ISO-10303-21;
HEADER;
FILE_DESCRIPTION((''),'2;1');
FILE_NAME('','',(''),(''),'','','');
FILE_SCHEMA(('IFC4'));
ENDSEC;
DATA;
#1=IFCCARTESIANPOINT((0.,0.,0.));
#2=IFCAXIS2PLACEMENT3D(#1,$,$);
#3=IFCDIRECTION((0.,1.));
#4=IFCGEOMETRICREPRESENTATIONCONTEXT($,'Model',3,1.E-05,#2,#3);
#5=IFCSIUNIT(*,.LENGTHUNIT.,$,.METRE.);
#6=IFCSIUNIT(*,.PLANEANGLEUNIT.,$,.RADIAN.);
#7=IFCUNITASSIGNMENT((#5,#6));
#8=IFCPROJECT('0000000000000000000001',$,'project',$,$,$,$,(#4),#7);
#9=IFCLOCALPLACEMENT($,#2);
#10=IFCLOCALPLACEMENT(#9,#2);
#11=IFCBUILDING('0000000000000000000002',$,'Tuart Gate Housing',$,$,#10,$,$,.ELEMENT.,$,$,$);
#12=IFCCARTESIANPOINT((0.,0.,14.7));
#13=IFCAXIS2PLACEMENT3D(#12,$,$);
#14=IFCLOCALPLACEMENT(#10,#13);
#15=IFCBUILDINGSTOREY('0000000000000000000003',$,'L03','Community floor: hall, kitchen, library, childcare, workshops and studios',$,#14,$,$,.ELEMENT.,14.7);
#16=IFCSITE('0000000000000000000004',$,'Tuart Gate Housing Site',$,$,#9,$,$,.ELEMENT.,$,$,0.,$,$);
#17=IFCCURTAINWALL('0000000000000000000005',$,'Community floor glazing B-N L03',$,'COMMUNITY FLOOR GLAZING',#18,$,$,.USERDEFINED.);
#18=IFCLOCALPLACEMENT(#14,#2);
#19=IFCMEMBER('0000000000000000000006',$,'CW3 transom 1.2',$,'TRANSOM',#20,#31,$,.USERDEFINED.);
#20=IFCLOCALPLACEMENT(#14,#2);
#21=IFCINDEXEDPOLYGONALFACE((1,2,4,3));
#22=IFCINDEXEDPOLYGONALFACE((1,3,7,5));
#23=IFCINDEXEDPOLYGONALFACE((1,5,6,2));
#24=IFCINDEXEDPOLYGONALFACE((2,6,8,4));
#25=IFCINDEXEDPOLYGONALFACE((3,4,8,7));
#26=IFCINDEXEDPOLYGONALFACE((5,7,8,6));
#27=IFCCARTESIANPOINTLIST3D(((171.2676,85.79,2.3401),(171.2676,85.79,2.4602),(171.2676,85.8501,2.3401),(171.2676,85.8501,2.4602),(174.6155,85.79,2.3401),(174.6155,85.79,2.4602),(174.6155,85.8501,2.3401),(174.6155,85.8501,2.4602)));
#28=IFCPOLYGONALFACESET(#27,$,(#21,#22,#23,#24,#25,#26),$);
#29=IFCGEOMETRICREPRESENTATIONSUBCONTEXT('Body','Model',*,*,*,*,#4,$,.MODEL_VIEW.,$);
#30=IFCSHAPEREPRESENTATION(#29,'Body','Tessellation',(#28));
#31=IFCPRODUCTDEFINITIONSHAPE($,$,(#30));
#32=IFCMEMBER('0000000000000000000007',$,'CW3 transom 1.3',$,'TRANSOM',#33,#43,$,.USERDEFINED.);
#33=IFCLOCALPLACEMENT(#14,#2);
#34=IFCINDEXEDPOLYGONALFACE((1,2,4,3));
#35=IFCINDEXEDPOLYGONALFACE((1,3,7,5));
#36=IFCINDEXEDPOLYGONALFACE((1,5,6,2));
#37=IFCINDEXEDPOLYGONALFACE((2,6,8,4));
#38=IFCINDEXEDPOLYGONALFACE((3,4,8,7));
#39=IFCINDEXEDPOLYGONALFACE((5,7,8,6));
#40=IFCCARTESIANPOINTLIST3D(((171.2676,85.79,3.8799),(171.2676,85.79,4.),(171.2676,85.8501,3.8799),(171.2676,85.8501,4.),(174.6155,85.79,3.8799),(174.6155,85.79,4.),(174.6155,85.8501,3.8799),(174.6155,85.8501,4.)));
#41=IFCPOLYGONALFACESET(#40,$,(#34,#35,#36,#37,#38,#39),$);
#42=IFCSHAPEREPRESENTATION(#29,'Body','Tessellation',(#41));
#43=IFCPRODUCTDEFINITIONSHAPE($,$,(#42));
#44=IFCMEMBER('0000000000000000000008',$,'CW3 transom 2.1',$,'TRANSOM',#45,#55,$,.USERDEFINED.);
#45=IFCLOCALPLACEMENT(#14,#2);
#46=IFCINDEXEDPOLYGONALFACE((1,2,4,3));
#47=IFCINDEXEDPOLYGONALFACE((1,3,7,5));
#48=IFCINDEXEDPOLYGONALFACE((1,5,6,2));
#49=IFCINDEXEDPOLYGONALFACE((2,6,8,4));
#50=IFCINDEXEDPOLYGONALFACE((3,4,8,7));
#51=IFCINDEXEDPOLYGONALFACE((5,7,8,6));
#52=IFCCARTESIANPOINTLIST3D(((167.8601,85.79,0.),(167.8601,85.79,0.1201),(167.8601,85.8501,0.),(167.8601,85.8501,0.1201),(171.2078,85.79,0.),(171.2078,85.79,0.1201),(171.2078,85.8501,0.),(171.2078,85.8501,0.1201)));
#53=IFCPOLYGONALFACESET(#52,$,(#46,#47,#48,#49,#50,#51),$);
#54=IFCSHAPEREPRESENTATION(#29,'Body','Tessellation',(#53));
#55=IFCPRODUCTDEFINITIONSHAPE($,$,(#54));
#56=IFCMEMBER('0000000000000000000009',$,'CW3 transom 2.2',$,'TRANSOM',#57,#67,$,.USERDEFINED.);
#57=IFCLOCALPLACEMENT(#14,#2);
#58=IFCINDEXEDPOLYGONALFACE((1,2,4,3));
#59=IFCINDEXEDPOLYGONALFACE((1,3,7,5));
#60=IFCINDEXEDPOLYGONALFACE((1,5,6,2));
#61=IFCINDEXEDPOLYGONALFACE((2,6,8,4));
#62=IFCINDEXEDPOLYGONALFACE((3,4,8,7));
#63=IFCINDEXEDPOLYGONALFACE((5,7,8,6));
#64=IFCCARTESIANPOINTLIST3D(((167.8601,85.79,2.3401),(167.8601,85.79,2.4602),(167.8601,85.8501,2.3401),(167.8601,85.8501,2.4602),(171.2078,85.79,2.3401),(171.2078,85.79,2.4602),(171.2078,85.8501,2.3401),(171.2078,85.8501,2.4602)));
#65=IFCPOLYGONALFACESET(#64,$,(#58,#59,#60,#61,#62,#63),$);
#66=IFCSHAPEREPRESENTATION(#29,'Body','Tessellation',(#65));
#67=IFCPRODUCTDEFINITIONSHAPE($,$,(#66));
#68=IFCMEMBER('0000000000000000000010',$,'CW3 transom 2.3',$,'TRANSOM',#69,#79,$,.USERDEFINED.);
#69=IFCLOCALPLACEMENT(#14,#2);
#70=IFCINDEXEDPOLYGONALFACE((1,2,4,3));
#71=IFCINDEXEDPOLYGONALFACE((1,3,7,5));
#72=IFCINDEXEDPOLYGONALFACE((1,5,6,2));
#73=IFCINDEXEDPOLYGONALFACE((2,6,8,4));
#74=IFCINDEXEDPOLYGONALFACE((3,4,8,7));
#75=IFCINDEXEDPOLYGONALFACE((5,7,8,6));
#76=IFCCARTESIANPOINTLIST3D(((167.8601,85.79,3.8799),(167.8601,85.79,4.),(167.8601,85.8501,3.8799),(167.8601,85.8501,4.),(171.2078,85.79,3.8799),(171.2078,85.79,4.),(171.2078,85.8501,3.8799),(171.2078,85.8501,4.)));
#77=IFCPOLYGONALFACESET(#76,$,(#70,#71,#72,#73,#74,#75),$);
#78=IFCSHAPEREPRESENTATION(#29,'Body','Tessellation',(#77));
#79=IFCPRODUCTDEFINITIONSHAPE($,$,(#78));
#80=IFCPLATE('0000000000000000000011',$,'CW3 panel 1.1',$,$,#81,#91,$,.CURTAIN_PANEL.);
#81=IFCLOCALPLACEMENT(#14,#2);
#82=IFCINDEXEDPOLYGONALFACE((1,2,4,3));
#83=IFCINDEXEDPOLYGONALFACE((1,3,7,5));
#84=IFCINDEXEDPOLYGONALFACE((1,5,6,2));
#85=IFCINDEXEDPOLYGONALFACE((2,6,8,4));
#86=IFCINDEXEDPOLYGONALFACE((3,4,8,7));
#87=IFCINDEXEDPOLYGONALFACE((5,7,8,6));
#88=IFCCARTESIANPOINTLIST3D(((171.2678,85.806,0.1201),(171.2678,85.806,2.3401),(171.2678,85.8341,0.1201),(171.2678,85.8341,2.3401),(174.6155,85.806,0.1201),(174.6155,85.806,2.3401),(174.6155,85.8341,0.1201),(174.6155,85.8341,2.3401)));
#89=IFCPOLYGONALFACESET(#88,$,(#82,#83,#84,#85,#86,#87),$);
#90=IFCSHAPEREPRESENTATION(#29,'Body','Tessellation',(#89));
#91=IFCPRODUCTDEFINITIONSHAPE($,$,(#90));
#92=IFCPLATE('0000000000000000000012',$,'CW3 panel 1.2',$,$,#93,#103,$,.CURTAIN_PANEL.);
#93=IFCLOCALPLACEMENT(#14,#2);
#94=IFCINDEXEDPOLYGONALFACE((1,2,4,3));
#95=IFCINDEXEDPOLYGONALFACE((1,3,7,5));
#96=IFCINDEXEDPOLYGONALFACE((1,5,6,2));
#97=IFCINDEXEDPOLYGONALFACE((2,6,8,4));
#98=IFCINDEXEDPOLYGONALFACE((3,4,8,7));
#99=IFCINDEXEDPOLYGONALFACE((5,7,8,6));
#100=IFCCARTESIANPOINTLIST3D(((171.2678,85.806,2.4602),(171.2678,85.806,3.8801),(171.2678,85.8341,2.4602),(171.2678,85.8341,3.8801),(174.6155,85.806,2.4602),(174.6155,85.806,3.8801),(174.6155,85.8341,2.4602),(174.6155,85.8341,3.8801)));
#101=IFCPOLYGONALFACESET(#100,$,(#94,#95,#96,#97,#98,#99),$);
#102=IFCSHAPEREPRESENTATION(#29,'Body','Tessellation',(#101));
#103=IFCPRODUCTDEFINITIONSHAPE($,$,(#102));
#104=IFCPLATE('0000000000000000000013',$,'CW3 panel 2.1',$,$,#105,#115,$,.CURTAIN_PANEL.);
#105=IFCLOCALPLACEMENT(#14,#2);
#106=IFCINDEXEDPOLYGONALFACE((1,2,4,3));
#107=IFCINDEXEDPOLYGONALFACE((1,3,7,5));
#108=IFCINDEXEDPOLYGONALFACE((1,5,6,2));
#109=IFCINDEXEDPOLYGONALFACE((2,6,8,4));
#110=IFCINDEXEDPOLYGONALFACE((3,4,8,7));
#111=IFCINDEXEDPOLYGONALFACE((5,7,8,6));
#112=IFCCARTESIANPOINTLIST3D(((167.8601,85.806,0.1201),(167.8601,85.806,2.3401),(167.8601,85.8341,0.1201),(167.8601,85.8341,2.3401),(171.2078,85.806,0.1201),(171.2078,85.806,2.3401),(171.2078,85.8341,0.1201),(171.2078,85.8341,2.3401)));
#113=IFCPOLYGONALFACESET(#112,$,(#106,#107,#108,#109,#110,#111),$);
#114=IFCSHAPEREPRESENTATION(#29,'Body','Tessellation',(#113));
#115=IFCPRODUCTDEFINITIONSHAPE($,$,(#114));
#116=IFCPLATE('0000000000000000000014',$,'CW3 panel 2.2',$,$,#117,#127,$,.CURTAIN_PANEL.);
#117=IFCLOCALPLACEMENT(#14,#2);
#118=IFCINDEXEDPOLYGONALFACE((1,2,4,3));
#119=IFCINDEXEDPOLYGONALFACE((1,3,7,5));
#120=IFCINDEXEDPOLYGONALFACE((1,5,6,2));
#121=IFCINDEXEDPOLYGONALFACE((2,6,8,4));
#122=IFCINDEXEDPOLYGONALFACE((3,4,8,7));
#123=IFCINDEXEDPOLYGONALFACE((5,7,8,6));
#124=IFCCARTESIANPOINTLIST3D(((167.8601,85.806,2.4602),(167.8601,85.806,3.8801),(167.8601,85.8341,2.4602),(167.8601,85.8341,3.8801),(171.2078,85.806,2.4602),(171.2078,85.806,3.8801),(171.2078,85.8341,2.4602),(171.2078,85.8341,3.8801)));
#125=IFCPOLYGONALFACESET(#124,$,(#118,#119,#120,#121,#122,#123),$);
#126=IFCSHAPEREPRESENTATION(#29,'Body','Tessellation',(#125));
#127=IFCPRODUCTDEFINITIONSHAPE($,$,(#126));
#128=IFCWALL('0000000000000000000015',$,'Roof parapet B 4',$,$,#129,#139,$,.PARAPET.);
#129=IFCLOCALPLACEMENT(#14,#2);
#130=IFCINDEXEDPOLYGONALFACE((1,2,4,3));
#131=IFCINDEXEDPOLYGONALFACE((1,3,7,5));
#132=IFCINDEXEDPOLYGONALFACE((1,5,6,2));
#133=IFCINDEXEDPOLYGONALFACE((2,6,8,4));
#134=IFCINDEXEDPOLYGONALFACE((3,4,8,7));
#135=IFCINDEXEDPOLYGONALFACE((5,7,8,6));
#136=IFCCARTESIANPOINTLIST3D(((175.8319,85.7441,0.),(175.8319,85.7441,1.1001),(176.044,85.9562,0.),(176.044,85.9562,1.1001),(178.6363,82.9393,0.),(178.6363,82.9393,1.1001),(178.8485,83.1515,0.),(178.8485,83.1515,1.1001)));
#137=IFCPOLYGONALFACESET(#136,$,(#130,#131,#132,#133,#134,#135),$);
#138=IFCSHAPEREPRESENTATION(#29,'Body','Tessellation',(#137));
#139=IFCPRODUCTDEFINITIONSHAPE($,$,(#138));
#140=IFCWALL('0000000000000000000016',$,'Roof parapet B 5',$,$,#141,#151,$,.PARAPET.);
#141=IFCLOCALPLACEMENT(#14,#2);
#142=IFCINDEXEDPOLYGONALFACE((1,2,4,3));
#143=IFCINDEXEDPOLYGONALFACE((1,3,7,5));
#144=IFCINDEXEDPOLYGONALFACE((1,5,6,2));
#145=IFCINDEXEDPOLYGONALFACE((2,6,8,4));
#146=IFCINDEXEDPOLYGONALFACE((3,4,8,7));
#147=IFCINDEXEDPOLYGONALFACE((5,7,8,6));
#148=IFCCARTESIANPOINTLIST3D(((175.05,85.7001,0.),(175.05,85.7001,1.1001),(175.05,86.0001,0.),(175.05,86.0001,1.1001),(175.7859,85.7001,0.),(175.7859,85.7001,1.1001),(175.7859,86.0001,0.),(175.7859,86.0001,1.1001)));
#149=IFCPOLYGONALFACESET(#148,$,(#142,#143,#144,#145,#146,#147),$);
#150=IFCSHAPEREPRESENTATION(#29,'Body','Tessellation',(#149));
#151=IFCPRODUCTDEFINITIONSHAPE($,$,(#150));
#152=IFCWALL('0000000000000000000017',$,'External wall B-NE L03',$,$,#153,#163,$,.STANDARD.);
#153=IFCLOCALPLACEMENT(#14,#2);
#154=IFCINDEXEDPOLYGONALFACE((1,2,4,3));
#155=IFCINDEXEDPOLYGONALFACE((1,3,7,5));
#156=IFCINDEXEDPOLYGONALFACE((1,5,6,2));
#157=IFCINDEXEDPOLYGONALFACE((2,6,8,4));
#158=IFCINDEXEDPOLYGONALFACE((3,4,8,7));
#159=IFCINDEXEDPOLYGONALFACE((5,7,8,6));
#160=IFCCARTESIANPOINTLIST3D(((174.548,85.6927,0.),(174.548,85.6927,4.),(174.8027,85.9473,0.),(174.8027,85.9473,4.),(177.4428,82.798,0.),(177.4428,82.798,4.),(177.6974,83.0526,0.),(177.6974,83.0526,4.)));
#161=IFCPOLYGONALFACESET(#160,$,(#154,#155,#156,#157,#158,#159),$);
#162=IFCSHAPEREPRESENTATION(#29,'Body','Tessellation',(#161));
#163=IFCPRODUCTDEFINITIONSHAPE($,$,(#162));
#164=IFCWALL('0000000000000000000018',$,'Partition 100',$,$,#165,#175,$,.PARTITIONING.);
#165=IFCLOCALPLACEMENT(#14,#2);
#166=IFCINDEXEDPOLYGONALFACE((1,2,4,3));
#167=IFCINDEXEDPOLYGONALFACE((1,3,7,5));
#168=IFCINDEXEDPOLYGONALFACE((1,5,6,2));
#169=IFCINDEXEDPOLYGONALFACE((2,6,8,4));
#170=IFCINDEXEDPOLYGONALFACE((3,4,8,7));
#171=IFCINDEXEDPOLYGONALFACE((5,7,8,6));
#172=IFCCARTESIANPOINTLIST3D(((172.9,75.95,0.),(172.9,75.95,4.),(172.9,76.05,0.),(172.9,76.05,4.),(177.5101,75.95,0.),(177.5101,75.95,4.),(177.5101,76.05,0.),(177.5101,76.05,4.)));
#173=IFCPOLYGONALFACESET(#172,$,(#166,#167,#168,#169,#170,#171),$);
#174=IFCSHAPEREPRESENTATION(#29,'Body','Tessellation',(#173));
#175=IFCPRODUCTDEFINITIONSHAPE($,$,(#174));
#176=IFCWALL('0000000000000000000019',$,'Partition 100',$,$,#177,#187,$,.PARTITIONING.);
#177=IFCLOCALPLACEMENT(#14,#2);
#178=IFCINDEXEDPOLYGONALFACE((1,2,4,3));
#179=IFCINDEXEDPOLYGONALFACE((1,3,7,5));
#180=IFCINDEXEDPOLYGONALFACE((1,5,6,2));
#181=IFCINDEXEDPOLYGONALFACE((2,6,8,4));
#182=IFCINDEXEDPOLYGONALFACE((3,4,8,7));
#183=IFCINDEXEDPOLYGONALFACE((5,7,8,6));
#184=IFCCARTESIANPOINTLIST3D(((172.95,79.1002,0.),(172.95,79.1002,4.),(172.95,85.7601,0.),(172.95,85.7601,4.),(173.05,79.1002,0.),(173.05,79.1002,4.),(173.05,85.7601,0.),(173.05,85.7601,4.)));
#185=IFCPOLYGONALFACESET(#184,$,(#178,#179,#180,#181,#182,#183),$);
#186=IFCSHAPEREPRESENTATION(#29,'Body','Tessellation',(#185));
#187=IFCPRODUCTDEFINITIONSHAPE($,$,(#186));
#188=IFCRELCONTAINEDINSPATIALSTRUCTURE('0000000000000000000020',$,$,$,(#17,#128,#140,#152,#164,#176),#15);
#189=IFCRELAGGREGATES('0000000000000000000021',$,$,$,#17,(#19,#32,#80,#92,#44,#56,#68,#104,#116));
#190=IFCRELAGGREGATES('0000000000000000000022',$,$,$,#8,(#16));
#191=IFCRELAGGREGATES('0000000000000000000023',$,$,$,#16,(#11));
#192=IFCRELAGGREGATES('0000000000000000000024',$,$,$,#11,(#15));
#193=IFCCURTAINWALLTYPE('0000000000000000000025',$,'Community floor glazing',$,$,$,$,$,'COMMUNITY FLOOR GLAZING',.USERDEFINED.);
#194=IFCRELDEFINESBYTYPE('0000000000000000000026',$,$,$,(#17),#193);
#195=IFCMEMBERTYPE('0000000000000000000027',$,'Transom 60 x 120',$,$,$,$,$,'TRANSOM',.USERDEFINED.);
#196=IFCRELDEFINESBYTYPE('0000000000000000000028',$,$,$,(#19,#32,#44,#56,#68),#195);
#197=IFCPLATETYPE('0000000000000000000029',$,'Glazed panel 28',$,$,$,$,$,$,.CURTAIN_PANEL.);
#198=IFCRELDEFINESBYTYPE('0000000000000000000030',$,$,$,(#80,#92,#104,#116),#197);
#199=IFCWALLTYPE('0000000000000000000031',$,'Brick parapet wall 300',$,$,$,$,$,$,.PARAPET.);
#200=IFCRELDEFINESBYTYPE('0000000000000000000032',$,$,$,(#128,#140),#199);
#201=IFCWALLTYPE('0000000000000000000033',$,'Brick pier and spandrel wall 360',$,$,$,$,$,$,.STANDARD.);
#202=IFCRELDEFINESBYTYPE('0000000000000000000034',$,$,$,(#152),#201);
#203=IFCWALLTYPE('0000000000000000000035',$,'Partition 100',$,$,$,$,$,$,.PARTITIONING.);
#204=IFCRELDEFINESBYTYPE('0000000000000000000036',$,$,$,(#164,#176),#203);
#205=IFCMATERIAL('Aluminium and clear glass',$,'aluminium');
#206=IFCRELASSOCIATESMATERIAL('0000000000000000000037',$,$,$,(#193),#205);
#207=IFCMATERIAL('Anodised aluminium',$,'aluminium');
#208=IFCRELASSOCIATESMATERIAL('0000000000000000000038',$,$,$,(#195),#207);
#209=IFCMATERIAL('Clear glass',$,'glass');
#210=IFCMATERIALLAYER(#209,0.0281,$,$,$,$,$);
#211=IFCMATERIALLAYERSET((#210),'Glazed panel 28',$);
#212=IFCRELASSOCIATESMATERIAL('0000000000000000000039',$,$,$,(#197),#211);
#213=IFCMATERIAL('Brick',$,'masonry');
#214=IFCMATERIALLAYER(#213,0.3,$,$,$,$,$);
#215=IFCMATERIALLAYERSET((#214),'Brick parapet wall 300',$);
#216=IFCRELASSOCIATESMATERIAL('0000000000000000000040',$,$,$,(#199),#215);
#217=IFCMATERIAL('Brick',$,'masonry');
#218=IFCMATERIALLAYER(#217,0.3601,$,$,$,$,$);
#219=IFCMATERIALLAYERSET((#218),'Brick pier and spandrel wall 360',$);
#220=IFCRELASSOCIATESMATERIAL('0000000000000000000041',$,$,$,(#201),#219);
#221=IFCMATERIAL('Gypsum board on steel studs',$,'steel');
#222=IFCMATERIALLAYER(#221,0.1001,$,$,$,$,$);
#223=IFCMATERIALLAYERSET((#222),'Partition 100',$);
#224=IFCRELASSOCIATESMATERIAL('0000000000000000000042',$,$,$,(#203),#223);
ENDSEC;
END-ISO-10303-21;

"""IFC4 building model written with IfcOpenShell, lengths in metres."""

from ifc_helpers import new_model, si_unit, direction, frame, frame_2d, origin, origin_2d, place, context, subcontext, project, spatial, rectangle, extrude, material, layer, layer_set, material_profile, profile_set, type_object, element, aggregate, save


model = new_model("IFC4")

# Units and contexts
model_context = context("Model", 3, precision=1e-05, world=origin(), true_north=direction((0.0, 1.0)))
body_context = subcontext(model_context, "Body", "Model", "MODEL_VIEW")
ifc_project = project(units=[si_unit("LENGTHUNIT", "METRE"), si_unit("PLANEANGLEUNIT", "RADIAN")], contexts=[model_context])

# Site, building, storey
site_placement = place(None, origin())
site = spatial("IfcSite", under=ifc_project, at=site_placement, Name="Tuart Gate Housing Site", CompositionType="ELEMENT", RefElevation=0.0)
building_placement = place(site_placement, origin())
building = spatial("IfcBuilding", under=site, at=building_placement, Name="Tuart Gate Housing", CompositionType="ELEMENT")
storey_placement = place(building_placement, frame((0.0, 0.0, 14.7)))
storey = spatial("IfcBuildingStorey", under=building, at=storey_placement, Name="L03", Description="Community floor: hall, kitchen, library, childcare, workshops and studios", CompositionType="ELEMENT", Elevation=14.7)

# Curtain wall, members, plates
ifc_material_1 = material(Name="Aluminium and clear glass", Category="aluminium")
curtain_wall_type = type_object("IfcCurtainWallType", Name="Community floor glazing", ElementType="COMMUNITY FLOOR GLAZING", PredefinedType="USERDEFINED", material=ifc_material_1)
curtain_wall_placement = place(storey_placement, origin())
curtain_wall = element("IfcCurtainWall", 1, at=curtain_wall_placement, inside=storey, type_object=curtain_wall_type, Name="Community floor glazing B-N L03", ObjectType="COMMUNITY FLOOR GLAZING", PredefinedType="USERDEFINED")
ifc_material_2 = material(Name="Anodised aluminium", Category="aluminium")
ifc_material_profile_1 = material_profile(ifc_material_2, rectangle(XDim=0.0601, YDim=0.1201, at=origin_2d()), Name="60x120")
ifc_profile_set_1 = profile_set([ifc_material_profile_1], Name="Anodised aluminium")
member_type_1 = type_object("IfcMemberType", Name="Transom 60 x 120", ElementType="TRANSOM", PredefinedType="USERDEFINED", material=ifc_profile_set_1)
member_1_placement = place(storey_placement, frame((174.6155, 85.8201, 2.4001), z_axis=(-1.0, 0.0, 0.0), x_axis=(0.0, -1.0, 0.0)))
member_1 = element("IfcMember", 2, at=member_1_placement, type_object=member_type_1, Name="CW3 transom 1.2", ObjectType="TRANSOM", PredefinedType="USERDEFINED", context=body_context, shape_type="SweptSolid", body=[
    extrude(rectangle(XDim=0.0601, YDim=0.1201, at=origin_2d()), origin(), (0.0, 0.0, 1.0), 3.3479),
])
member_2_placement = place(storey_placement, frame((174.6155, 85.8201, 3.9399), z_axis=(-1.0, 0.0, 0.0), x_axis=(0.0, -1.0, 0.0)))
member_2 = element("IfcMember", 3, at=member_2_placement, type_object=member_type_1, Name="CW3 transom 1.3", ObjectType="TRANSOM", PredefinedType="USERDEFINED", context=body_context, shape_type="SweptSolid", body=[
    extrude(rectangle(XDim=0.0601, YDim=0.1201, at=origin_2d()), origin(), (0.0, 0.0, 1.0), 3.3479),
])
member_3_placement = place(storey_placement, frame((171.2078, 85.8201, 0.0601), z_axis=(-1.0, 0.0, 0.0), x_axis=(0.0, -1.0, 0.0)))
member_3 = element("IfcMember", 4, at=member_3_placement, type_object=member_type_1, Name="CW3 transom 2.1", ObjectType="TRANSOM", PredefinedType="USERDEFINED", context=body_context, shape_type="SweptSolid", body=[
    extrude(rectangle(XDim=0.0601, YDim=0.1201, at=origin_2d()), origin(), (0.0, 0.0, 1.0), 3.3477),
])
member_4_placement = place(storey_placement, frame((171.2078, 85.8201, 2.4001), z_axis=(-1.0, 0.0, 0.0), x_axis=(0.0, -1.0, 0.0)))
member_4 = element("IfcMember", 5, at=member_4_placement, type_object=member_type_1, Name="CW3 transom 2.2", ObjectType="TRANSOM", PredefinedType="USERDEFINED", context=body_context, shape_type="SweptSolid", body=[
    extrude(rectangle(XDim=0.0601, YDim=0.1201, at=origin_2d()), origin(), (0.0, 0.0, 1.0), 3.3477),
])
member_5_placement = place(storey_placement, frame((171.2078, 85.8201, 3.9399), z_axis=(-1.0, 0.0, 0.0), x_axis=(0.0, -1.0, 0.0)))
member_5 = element("IfcMember", 6, at=member_5_placement, type_object=member_type_1, Name="CW3 transom 2.3", ObjectType="TRANSOM", PredefinedType="USERDEFINED", context=body_context, shape_type="SweptSolid", body=[
    extrude(rectangle(XDim=0.0601, YDim=0.1201, at=origin_2d()), origin(), (0.0, 0.0, 1.0), 3.3477),
])
ifc_material_3 = material(Name="Clear glass", Category="glass")
ifc_layer_1 = layer(ifc_material_3, 0.0281)
ifc_layer_set_1 = layer_set([ifc_layer_1], Name="Glazed panel 28")
plate_type = type_object("IfcPlateType", Name="Glazed panel 28", PredefinedType="CURTAIN_PANEL", material=ifc_layer_set_1)
plate_1_placement = place(storey_placement, frame((172.9417, 85.8201, 0.1201), z_axis=(0.0, 0.0, 1.0), x_axis=(-1.0, 0.0, 0.0)))
plate_1 = element("IfcPlate", 7, at=plate_1_placement, type_object=plate_type, Name="CW3 panel 1.1", PredefinedType="CURTAIN_PANEL", context=body_context, shape_type="SweptSolid", body=[
    extrude(rectangle(XDim=3.3477, YDim=0.0281, at=origin_2d()), origin(), (0.0, 0.0, 1.0), 2.22),
])
plate_2_placement = place(storey_placement, frame((172.9417, 85.8201, 2.4602), z_axis=(0.0, 0.0, 1.0), x_axis=(-1.0, 0.0, 0.0)))
plate_2 = element("IfcPlate", 8, at=plate_2_placement, type_object=plate_type, Name="CW3 panel 1.2", PredefinedType="CURTAIN_PANEL", context=body_context, shape_type="SweptSolid", body=[
    extrude(rectangle(XDim=3.3477, YDim=0.0281, at=origin_2d()), origin(), (0.0, 0.0, 1.0), 1.4199),
])
plate_3_placement = place(storey_placement, frame((169.5339, 85.8201, 0.1201), z_axis=(0.0, 0.0, 1.0), x_axis=(-1.0, 0.0, 0.0)))
plate_3 = element("IfcPlate", 9, at=plate_3_placement, type_object=plate_type, Name="CW3 panel 2.1", PredefinedType="CURTAIN_PANEL", context=body_context, shape_type="SweptSolid", body=[
    extrude(rectangle(XDim=3.3477, YDim=0.0281, at=origin_2d()), origin(), (0.0, 0.0, 1.0), 2.22),
])
plate_4_placement = place(storey_placement, frame((169.5339, 85.8201, 2.4602), z_axis=(0.0, 0.0, 1.0), x_axis=(-1.0, 0.0, 0.0)))
plate_4 = element("IfcPlate", 10, at=plate_4_placement, type_object=plate_type, Name="CW3 panel 2.2", PredefinedType="CURTAIN_PANEL", context=body_context, shape_type="SweptSolid", body=[
    extrude(rectangle(XDim=3.3477, YDim=0.0281, at=origin_2d()), origin(), (0.0, 0.0, 1.0), 1.4199),
])
aggregate(curtain_wall, [member_1, member_2, plate_1, plate_2, member_3, member_4, member_5, plate_3, plate_4])

# Walls
ifc_material_4 = material(Name="Brick", Category="masonry")
ifc_layer_2 = layer(ifc_material_4, 0.3)
ifc_layer_set_2 = layer_set([ifc_layer_2], Name="Brick parapet wall 300")
wall_type_1 = type_object("IfcWallType", Name="Brick parapet wall 300", PredefinedType="PARAPET", material=ifc_layer_set_2)
wall_1_placement = place(storey_placement, frame((178.7424, 83.0454, 0.0), z_axis=(0.0, 0.0, 1.0), x_axis=(-0.707076, 0.707138, 0.0)))
element("IfcWall", 11, at=wall_1_placement, inside=storey, type_object=wall_type_1, Name="Roof parapet B 4", PredefinedType="PARAPET", context=body_context, shape_type="SweptSolid", body=[
    extrude(rectangle(XDim=3.9663, YDim=0.3, at=frame_2d((1.9832, 0.0))), origin(), (0.0, 0.0, 1.0), 1.1001),
])
wall_2_placement = place(storey_placement, frame((175.7859, 85.8501, 0.0), z_axis=(0.0, 0.0, 1.0), x_axis=(-1.0, 0.0, 0.0)))
element("IfcWall", 12, at=wall_2_placement, inside=storey, type_object=wall_type_1, Name="Roof parapet B 5", PredefinedType="PARAPET", context=body_context, shape_type="SweptSolid", body=[
    extrude(rectangle(XDim=0.7358, YDim=0.3, at=frame_2d((0.3679, 0.0))), origin(), (0.0, 0.0, 1.0), 1.1001),
])
ifc_material_5 = material(Name="Brick", Category="masonry")
ifc_layer_3 = layer(ifc_material_5, 0.3601)
ifc_layer_set_3 = layer_set([ifc_layer_3], Name="Brick pier and spandrel wall 360")
wall_type_2 = type_object("IfcWallType", Name="Brick pier and spandrel wall 360", PredefinedType="STANDARD", material=ifc_layer_set_3)
wall_3_placement = place(storey_placement, frame((177.5701, 82.9253, 0.0), z_axis=(0.0, 0.0, 1.0), x_axis=(-0.707107, 0.707107, 0.0)))
element("IfcWall", 13, at=wall_3_placement, inside=storey, type_object=wall_type_2, Name="External wall B-NE L03", PredefinedType="STANDARD", context=body_context, shape_type="SweptSolid", body=[
    extrude(rectangle(XDim=4.0938, YDim=0.3601, at=frame_2d((2.0469, 0.0))), origin(), (0.0, 0.0, 1.0), 4.0),
])
ifc_material_6 = material(Name="Gypsum board on steel studs", Category="steel")
ifc_layer_4 = layer(ifc_material_6, 0.1001)
ifc_layer_set_4 = layer_set([ifc_layer_4], Name="Partition 100")
wall_type_3 = type_object("IfcWallType", Name="Partition 100", PredefinedType="PARTITIONING", material=ifc_layer_set_4)
wall_4_placement = place(storey_placement, frame((172.8999, 76.0, 0.0), z_axis=(0.0, 0.0, 1.0), x_axis=(1.0, 0.0, 0.0)))
element("IfcWall", 14, at=wall_4_placement, inside=storey, type_object=wall_type_3, Name="Partition 100", PredefinedType="PARTITIONING", context=body_context, shape_type="SweptSolid", body=[
    extrude(rectangle(XDim=4.6101, YDim=0.1001, at=frame_2d((2.3052, 0.0))), origin(), (0.0, 0.0, 1.0), 4.0),
])
wall_5_placement = place(storey_placement, frame((173.0, 79.1001, 0.0), z_axis=(0.0, 0.0, 1.0), x_axis=(0.0, 1.0, 0.0)))
element("IfcWall", 15, at=wall_5_placement, inside=storey, type_object=wall_type_3, Name="Partition 100", PredefinedType="PARTITIONING", context=body_context, shape_type="SweptSolid", body=[
    extrude(rectangle(XDim=6.6599, YDim=0.1001, at=frame_2d((3.3301, 0.0))), origin(), (0.0, 0.0, 1.0), 4.0),
])

save(model, "model.ifc")
